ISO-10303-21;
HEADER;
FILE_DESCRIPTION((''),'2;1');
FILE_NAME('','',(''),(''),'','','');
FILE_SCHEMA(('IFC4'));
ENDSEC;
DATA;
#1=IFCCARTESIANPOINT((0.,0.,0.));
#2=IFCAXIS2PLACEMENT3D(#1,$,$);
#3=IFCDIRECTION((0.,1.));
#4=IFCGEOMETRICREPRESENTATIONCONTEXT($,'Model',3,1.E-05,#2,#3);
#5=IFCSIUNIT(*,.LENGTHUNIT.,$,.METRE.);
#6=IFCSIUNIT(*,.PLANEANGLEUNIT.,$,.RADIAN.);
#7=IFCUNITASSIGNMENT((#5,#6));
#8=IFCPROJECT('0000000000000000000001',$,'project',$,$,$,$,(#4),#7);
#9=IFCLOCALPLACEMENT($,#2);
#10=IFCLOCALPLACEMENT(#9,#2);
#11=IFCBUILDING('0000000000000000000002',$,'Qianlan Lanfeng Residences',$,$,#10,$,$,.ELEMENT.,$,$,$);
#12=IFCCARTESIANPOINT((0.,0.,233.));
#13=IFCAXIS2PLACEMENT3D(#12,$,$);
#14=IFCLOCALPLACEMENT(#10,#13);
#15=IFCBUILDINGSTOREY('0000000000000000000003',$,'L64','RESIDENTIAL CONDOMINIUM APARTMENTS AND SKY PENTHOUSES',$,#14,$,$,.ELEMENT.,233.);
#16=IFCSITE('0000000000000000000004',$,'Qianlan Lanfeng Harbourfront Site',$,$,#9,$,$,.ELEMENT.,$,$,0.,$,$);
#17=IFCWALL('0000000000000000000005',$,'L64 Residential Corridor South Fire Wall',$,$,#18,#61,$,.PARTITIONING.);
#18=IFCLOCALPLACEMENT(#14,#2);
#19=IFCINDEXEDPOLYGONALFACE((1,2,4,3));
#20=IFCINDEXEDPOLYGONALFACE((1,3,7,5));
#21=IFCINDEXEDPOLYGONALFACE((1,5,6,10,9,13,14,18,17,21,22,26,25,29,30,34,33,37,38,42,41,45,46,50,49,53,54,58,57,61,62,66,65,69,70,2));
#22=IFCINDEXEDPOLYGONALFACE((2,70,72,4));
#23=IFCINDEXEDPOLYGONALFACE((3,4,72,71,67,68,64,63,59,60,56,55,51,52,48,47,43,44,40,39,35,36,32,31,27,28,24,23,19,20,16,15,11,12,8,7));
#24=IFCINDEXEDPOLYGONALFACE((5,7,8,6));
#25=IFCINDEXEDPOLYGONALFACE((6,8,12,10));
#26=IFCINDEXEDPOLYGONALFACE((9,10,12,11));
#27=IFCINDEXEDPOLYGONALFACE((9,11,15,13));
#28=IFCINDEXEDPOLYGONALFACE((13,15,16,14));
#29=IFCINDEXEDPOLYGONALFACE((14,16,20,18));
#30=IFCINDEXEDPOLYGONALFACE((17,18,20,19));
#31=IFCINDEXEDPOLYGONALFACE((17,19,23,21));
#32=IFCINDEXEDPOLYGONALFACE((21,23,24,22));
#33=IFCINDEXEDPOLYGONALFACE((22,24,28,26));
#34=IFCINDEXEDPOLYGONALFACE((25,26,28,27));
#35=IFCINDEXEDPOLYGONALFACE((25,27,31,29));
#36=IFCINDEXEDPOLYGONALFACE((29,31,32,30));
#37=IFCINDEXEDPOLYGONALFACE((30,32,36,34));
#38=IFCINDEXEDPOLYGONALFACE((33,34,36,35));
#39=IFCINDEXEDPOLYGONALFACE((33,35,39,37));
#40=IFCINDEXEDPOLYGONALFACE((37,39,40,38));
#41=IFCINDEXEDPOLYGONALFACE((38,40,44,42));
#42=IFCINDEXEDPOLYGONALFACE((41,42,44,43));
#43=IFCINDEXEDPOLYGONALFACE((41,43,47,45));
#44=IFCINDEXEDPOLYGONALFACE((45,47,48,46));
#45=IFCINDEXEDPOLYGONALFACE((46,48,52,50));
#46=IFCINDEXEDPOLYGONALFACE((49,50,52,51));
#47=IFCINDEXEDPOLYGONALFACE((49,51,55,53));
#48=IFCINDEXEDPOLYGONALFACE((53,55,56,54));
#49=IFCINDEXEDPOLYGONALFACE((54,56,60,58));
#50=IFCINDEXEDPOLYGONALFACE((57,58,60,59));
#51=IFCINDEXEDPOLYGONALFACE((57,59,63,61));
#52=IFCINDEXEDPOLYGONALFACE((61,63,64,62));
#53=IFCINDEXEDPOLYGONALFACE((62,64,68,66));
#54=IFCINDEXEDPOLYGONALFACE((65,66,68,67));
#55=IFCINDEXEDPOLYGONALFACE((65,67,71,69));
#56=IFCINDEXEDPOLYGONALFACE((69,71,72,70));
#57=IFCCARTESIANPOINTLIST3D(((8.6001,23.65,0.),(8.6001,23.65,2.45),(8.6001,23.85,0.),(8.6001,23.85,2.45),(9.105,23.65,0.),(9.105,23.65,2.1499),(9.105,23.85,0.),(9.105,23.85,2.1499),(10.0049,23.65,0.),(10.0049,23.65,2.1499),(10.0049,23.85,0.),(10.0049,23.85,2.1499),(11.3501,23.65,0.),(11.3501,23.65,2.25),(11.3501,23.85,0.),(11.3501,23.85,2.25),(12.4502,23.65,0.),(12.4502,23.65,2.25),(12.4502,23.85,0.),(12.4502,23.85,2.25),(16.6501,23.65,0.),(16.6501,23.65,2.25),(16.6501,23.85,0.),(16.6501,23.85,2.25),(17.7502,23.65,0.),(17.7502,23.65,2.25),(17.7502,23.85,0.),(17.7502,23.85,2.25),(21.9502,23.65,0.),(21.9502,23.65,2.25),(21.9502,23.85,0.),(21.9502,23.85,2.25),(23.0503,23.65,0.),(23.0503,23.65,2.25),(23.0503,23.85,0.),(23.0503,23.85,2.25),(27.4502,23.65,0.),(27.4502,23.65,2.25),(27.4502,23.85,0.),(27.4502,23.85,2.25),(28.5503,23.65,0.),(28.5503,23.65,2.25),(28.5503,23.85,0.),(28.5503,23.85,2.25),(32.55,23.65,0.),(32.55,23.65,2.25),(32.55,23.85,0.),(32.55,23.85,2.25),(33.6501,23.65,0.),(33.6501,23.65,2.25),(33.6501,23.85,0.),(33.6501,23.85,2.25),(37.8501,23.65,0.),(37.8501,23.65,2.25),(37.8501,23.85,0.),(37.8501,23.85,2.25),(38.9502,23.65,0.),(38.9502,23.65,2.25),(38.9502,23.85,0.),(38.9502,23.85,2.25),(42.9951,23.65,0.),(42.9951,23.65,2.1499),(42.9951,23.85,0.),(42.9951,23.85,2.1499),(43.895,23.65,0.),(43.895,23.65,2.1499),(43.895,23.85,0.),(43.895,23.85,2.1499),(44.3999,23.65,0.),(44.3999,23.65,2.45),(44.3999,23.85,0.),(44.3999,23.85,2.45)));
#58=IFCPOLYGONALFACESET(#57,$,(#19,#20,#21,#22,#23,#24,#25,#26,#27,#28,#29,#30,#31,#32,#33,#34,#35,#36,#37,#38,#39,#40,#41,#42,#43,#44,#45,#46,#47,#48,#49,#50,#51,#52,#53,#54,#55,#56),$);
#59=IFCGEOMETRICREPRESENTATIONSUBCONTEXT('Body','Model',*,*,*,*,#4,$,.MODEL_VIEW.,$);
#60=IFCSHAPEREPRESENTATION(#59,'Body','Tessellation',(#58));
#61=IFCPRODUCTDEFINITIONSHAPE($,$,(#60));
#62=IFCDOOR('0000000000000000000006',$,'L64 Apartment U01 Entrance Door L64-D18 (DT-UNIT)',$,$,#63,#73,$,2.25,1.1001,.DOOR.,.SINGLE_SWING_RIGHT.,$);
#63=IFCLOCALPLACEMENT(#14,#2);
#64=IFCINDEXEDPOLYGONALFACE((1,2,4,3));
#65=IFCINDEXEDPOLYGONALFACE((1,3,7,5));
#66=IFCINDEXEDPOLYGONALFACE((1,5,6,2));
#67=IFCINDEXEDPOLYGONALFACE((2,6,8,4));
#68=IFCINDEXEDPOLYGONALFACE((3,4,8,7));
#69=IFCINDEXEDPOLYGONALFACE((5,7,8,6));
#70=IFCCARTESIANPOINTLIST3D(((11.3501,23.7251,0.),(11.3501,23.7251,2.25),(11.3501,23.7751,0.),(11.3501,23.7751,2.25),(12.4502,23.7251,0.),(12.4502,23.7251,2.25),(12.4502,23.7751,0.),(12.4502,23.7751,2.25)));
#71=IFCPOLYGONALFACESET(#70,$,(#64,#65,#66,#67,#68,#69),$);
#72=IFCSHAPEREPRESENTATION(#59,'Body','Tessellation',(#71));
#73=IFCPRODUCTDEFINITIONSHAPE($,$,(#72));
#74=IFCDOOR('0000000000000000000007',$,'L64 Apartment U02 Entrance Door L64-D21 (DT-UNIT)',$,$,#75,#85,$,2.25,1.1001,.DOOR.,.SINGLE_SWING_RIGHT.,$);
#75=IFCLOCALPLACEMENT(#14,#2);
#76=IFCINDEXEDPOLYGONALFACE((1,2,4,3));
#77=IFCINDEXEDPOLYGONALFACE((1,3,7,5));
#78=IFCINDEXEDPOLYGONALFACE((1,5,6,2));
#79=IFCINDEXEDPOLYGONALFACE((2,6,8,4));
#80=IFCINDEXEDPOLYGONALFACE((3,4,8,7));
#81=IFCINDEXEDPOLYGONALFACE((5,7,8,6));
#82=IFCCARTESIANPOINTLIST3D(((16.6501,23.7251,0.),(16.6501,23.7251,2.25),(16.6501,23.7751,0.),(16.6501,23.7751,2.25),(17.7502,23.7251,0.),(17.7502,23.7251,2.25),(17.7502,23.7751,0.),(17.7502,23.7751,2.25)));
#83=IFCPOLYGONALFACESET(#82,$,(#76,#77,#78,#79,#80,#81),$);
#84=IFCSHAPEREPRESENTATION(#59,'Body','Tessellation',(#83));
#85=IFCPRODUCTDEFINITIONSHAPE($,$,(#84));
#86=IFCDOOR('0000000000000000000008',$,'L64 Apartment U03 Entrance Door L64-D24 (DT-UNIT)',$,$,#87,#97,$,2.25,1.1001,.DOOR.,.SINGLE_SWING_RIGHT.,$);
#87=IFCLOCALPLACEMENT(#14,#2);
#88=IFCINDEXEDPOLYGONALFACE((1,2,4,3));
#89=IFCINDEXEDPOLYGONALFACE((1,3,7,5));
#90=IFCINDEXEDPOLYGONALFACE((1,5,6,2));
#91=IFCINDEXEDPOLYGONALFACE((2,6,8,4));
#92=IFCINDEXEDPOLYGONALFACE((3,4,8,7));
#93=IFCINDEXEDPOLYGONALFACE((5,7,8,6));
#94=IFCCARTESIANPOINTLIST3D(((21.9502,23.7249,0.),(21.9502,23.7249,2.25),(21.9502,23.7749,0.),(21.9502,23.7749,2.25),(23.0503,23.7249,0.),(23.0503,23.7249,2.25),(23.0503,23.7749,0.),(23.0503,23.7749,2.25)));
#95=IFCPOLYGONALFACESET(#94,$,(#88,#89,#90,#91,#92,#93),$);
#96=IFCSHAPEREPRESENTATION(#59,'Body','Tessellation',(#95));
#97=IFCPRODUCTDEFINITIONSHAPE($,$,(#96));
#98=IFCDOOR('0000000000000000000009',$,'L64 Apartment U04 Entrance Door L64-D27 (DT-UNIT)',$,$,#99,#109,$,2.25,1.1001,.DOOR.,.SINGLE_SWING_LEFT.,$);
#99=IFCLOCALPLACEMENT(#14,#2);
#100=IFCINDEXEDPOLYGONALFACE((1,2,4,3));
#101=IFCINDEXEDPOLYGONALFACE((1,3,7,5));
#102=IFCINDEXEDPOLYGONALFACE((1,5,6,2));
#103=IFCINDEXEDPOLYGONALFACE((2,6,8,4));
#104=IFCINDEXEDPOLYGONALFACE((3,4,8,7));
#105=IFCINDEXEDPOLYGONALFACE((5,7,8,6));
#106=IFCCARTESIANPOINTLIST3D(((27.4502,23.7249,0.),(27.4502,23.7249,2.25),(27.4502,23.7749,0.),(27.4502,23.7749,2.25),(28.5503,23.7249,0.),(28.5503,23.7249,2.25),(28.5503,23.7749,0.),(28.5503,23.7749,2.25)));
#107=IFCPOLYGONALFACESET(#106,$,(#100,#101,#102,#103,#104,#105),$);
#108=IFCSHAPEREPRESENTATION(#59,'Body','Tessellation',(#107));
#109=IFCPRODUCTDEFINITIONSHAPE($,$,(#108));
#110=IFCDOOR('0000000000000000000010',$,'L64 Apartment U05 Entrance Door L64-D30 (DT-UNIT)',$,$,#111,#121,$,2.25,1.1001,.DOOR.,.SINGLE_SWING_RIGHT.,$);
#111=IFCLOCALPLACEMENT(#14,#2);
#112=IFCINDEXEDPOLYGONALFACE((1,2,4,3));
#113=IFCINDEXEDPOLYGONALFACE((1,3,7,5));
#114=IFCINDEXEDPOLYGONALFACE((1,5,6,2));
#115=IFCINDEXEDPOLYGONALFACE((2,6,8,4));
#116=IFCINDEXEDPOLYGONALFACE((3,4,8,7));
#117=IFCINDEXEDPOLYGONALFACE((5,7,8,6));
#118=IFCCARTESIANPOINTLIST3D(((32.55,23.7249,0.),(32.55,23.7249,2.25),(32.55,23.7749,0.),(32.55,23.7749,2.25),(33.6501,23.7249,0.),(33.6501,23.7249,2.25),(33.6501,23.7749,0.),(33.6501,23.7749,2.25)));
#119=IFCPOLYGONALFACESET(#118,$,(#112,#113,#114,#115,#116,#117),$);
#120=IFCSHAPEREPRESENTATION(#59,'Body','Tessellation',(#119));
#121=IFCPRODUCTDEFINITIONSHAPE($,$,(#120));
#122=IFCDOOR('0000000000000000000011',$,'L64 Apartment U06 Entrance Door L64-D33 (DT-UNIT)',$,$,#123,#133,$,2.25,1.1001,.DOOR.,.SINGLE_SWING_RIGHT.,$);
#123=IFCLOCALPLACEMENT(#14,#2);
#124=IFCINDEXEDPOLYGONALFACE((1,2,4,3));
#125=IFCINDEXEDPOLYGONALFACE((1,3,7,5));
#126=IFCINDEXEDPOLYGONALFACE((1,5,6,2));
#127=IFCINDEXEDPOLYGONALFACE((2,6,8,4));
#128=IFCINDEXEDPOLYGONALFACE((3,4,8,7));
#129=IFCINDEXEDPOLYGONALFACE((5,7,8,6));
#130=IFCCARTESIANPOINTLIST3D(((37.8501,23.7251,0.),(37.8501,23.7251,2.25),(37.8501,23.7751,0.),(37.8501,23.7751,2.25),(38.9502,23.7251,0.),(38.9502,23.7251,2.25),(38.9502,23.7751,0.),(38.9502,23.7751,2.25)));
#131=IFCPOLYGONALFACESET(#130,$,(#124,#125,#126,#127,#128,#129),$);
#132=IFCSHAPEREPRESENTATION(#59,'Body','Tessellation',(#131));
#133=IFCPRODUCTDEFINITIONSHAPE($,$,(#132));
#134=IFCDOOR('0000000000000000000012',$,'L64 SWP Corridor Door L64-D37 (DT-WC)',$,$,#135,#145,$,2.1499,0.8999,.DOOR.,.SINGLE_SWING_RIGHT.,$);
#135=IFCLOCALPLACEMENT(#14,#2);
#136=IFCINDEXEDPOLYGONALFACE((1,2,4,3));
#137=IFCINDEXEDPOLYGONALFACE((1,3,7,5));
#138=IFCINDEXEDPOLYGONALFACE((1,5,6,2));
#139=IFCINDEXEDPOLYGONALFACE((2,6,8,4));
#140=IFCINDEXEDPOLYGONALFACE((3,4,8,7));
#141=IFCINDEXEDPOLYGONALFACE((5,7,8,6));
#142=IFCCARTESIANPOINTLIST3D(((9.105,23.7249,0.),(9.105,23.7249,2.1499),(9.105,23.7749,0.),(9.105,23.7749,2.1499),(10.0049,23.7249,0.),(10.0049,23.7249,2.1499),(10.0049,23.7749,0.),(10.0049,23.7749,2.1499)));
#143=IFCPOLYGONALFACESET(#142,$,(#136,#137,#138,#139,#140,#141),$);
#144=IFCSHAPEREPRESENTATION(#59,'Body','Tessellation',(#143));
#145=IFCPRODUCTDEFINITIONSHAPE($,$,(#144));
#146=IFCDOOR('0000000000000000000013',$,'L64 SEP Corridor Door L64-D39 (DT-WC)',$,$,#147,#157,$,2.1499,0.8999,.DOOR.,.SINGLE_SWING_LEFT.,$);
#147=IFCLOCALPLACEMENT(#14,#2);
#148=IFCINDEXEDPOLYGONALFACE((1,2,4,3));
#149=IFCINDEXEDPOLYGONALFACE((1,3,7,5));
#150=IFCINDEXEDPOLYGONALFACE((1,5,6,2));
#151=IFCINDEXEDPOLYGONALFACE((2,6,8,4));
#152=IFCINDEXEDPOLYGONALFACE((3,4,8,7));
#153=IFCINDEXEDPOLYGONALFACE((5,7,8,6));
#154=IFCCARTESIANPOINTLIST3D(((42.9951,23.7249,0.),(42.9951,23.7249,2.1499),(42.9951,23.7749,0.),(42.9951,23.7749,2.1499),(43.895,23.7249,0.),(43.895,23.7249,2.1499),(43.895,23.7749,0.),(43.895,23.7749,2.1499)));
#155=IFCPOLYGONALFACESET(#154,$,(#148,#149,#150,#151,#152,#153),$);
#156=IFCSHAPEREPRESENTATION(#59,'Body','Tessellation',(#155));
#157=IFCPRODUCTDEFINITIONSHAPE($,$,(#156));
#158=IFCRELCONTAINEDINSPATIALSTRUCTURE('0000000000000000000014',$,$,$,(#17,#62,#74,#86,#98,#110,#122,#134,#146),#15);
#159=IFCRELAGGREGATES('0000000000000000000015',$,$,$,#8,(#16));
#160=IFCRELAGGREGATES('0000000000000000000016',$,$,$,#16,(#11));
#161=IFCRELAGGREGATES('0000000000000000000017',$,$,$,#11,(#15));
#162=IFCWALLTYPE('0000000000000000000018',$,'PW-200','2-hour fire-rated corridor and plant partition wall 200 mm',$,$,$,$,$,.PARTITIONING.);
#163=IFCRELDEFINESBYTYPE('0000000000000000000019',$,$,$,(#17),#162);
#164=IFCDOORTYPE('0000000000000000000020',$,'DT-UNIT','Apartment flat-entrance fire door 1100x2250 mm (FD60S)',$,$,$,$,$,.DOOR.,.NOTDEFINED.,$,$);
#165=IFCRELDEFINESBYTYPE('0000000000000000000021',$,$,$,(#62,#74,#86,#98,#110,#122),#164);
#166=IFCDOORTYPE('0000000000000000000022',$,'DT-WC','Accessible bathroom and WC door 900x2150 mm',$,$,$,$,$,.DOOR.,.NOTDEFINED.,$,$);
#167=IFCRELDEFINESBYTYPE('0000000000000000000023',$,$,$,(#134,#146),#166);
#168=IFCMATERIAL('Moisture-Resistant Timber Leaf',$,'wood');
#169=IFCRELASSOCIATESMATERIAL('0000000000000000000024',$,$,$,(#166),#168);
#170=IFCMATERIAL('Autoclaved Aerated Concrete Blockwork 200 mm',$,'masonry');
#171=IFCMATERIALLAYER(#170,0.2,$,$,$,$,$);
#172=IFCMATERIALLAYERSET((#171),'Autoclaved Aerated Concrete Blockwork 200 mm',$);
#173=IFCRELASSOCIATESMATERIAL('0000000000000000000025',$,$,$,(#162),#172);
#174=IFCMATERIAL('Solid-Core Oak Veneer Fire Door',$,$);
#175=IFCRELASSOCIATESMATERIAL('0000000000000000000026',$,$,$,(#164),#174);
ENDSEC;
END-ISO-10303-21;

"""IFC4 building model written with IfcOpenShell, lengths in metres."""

from ifc_helpers import new_model, si_unit, direction, frame, frame_2d, origin, place, context, subcontext, project, spatial, rectangle, extrude, material, layer, layer_set, type_object, element, fill, save


model = new_model("IFC4")

# Units and contexts
model_context = context("Model", 3, precision=1e-05, world=origin(), true_north=direction((0.0, 1.0)))
body_context = subcontext(model_context, "Body", "Model", "MODEL_VIEW")
ifc_project = project(units=[si_unit("LENGTHUNIT", "METRE"), si_unit("PLANEANGLEUNIT", "RADIAN")], contexts=[model_context])

# Site, building, storey
site_placement = place(None, origin())
site = spatial("IfcSite", under=ifc_project, at=site_placement, Name="Qianlan Lanfeng Harbourfront Site", CompositionType="ELEMENT", RefElevation=0.0)
building_placement = place(site_placement, origin())
building = spatial("IfcBuilding", under=site, at=building_placement, Name="Qianlan Lanfeng Residences", CompositionType="ELEMENT")
storey_placement = place(building_placement, frame((0.0, 0.0, 233.0)))
storey = spatial("IfcBuildingStorey", under=building, at=storey_placement, Name="L64", Description="RESIDENTIAL CONDOMINIUM APARTMENTS AND SKY PENTHOUSES", CompositionType="ELEMENT", Elevation=233.0)

# Shared definitions
ifc_material_1 = material(Name="Moisture-Resistant Timber Leaf", Category="wood")
door_type_1 = type_object("IfcDoorType", Name="DT-WC", Description="Accessible bathroom and WC door 900x2150 mm", OperationType="NOTDEFINED", PredefinedType="DOOR", material=ifc_material_1)

# Wall, openings, doors
ifc_material_2 = material(Name="Autoclaved Aerated Concrete Blockwork 200 mm", Category="masonry")
ifc_layer_1 = layer(ifc_material_2, 0.2)
ifc_layer_set_1 = layer_set([ifc_layer_1], Name="Autoclaved Aerated Concrete Blockwork 200 mm")
wall_type_1 = type_object("IfcWallType", Name="PW-200", Description="2-hour fire-rated corridor and plant partition wall 200 mm", PredefinedType="PARTITIONING", material=ifc_layer_set_1)
wall_1_placement = place(storey_placement, frame((8.6001, 23.75, 0.0), z_axis=(0.0, 0.0, 1.0), x_axis=(1.0, 0.0, 0.0)))
wall_1 = element("IfcWall", 1, at=wall_1_placement, inside=storey, type_object=wall_type_1, Name="L64 Residential Corridor South Fire Wall", PredefinedType="PARTITIONING", context=body_context, shape_type="SweptSolid", body=[
    extrude(rectangle(XDim=35.7998, YDim=0.2, at=frame_2d((17.8999, 0.0))), origin(), (0.0, 0.0, 1.0), 2.45),
])
opening_1_placement = place(wall_1_placement, frame((2.75, 0.0, 0.0)))
opening_1 = element("IfcOpeningElement", 2, at=opening_1_placement, cuts=wall_1, PredefinedType="OPENING", context=body_context, shape_type="SweptSolid", body=[
    extrude(rectangle(XDim=1.1001, YDim=2.25, at=frame_2d((0.55, 1.125))), frame((0.0, 0.1099, 0.0), z_axis=(0.0, -1.0, 0.0), x_axis=(1.0, 0.0, 0.0)), (0.0, 0.0, 1.0), 0.22),
])
opening_2_placement = place(wall_1_placement, frame((8.05, 0.0, 0.0)))
opening_2 = element("IfcOpeningElement", 3, at=opening_2_placement, cuts=wall_1, PredefinedType="OPENING", context=body_context, shape_type="SweptSolid", body=[
    extrude(rectangle(XDim=1.1001, YDim=2.25, at=frame_2d((0.55, 1.125))), frame((0.0, 0.1099, 0.0), z_axis=(0.0, -1.0, 0.0), x_axis=(1.0, 0.0, 0.0)), (0.0, 0.0, 1.0), 0.22),
])
opening_3_placement = place(wall_1_placement, frame((13.3501, 0.0, 0.0)))
opening_3 = element("IfcOpeningElement", 4, at=opening_3_placement, cuts=wall_1, PredefinedType="OPENING", context=body_context, shape_type="SweptSolid", body=[
    extrude(rectangle(XDim=1.1001, YDim=2.25, at=frame_2d((0.55, 1.125))), frame((0.0, 0.1099, 0.0), z_axis=(0.0, -1.0, 0.0), x_axis=(1.0, 0.0, 0.0)), (0.0, 0.0, 1.0), 0.22),
])
opening_4_placement = place(wall_1_placement, frame((18.8501, 0.0, 0.0)))
opening_4 = element("IfcOpeningElement", 5, at=opening_4_placement, cuts=wall_1, PredefinedType="OPENING", context=body_context, shape_type="SweptSolid", body=[
    extrude(rectangle(XDim=1.1001, YDim=2.25, at=frame_2d((0.55, 1.125))), frame((0.0, 0.1099, 0.0), z_axis=(0.0, -1.0, 0.0), x_axis=(1.0, 0.0, 0.0)), (0.0, 0.0, 1.0), 0.22),
])
opening_5_placement = place(wall_1_placement, frame((23.95, 0.0, 0.0)))
opening_5 = element("IfcOpeningElement", 6, at=opening_5_placement, cuts=wall_1, PredefinedType="OPENING", context=body_context, shape_type="SweptSolid", body=[
    extrude(rectangle(XDim=1.1001, YDim=2.25, at=frame_2d((0.55, 1.125))), frame((0.0, 0.1099, 0.0), z_axis=(0.0, -1.0, 0.0), x_axis=(1.0, 0.0, 0.0)), (0.0, 0.0, 1.0), 0.22),
])
opening_6_placement = place(wall_1_placement, frame((29.25, 0.0, 0.0)))
opening_6 = element("IfcOpeningElement", 7, at=opening_6_placement, cuts=wall_1, PredefinedType="OPENING", context=body_context, shape_type="SweptSolid", body=[
    extrude(rectangle(XDim=1.1001, YDim=2.25, at=frame_2d((0.55, 1.125))), frame((0.0, 0.1099, 0.0), z_axis=(0.0, -1.0, 0.0), x_axis=(1.0, 0.0, 0.0)), (0.0, 0.0, 1.0), 0.22),
])
opening_7_placement = place(wall_1_placement, frame((0.5049, 0.0, 0.0)))
opening_7 = element("IfcOpeningElement", 8, at=opening_7_placement, cuts=wall_1, PredefinedType="OPENING", context=body_context, shape_type="SweptSolid", body=[
    extrude(rectangle(XDim=0.8999, YDim=2.1499, at=frame_2d((0.45, 1.075))), frame((0.0, 0.1099, 0.0), z_axis=(0.0, -1.0, 0.0), x_axis=(1.0, 0.0, 0.0)), (0.0, 0.0, 1.0), 0.22),
])
opening_8_placement = place(wall_1_placement, frame((34.395, 0.0, 0.0)))
opening_8 = element("IfcOpeningElement", 9, at=opening_8_placement, cuts=wall_1, PredefinedType="OPENING", context=body_context, shape_type="SweptSolid", body=[
    extrude(rectangle(XDim=0.8999, YDim=2.1499, at=frame_2d((0.45, 1.075))), frame((0.0, 0.1099, 0.0), z_axis=(0.0, -1.0, 0.0), x_axis=(1.0, 0.0, 0.0)), (0.0, 0.0, 1.0), 0.22),
])
ifc_material_3 = material(Name="Solid-Core Oak Veneer Fire Door")
door_type_2 = type_object("IfcDoorType", Name="DT-UNIT", Description="Apartment flat-entrance fire door 1100x2250 mm (FD60S)", OperationType="NOTDEFINED", PredefinedType="DOOR", material=ifc_material_3)
door_1_placement = place(opening_1_placement, frame((1.1001, 0.0, 0.0), z_axis=(0.0, 0.0, 1.0), x_axis=(-1.0, 0.0, 0.0)))
door_1 = element("IfcDoor", 10, at=door_1_placement, inside=storey, type_object=door_type_2, Name="L64 Apartment U01 Entrance Door L64-D18 (DT-UNIT)", OperationType="SINGLE_SWING_RIGHT", OverallHeight=2.25, OverallWidth=1.1001, PredefinedType="DOOR", context=body_context, shape_type="SweptSolid", body=[
    extrude(rectangle(XDim=1.1001, YDim=2.25, at=frame_2d((0.55, 1.125))), frame((0.0, 0.0249, 0.0), z_axis=(0.0, -1.0, 0.0), x_axis=(1.0, 0.0, 0.0)), (0.0, 0.0, 1.0), 0.05),
])
fill(opening_1, door_1)
door_2_placement = place(opening_2_placement, frame((1.1001, 0.0, 0.0), z_axis=(0.0, 0.0, 1.0), x_axis=(-1.0, 0.0, 0.0)))
door_2 = element("IfcDoor", 11, at=door_2_placement, inside=storey, type_object=door_type_2, Name="L64 Apartment U02 Entrance Door L64-D21 (DT-UNIT)", OperationType="SINGLE_SWING_RIGHT", OverallHeight=2.25, OverallWidth=1.1001, PredefinedType="DOOR", context=body_context, shape_type="SweptSolid", body=[
    extrude(rectangle(XDim=1.1001, YDim=2.25, at=frame_2d((0.55, 1.125))), frame((0.0, 0.0249, 0.0), z_axis=(0.0, -1.0, 0.0), x_axis=(1.0, 0.0, 0.0)), (0.0, 0.0, 1.0), 0.05),
])
fill(opening_2, door_2)
door_3_placement = place(opening_3_placement, origin())
door_3 = element("IfcDoor", 12, at=door_3_placement, inside=storey, type_object=door_type_2, Name="L64 Apartment U03 Entrance Door L64-D24 (DT-UNIT)", OperationType="SINGLE_SWING_RIGHT", OverallHeight=2.25, OverallWidth=1.1001, PredefinedType="DOOR", context=body_context, shape_type="SweptSolid", body=[
    extrude(rectangle(XDim=1.1001, YDim=2.25, at=frame_2d((0.55, 1.125))), frame((0.0, 0.0249, 0.0), z_axis=(0.0, -1.0, 0.0), x_axis=(1.0, 0.0, 0.0)), (0.0, 0.0, 1.0), 0.05),
])
fill(opening_3, door_3)
door_4_placement = place(opening_4_placement, origin())
door_4 = element("IfcDoor", 13, at=door_4_placement, inside=storey, type_object=door_type_2, Name="L64 Apartment U04 Entrance Door L64-D27 (DT-UNIT)", OperationType="SINGLE_SWING_LEFT", OverallHeight=2.25, OverallWidth=1.1001, PredefinedType="DOOR", context=body_context, shape_type="SweptSolid", body=[
    extrude(rectangle(XDim=1.1001, YDim=2.25, at=frame_2d((0.55, 1.125))), frame((0.0, 0.0249, 0.0), z_axis=(0.0, -1.0, 0.0), x_axis=(1.0, 0.0, 0.0)), (0.0, 0.0, 1.0), 0.05),
])
fill(opening_4, door_4)
door_5_placement = place(opening_5_placement, origin())
door_5 = element("IfcDoor", 14, at=door_5_placement, inside=storey, type_object=door_type_2, Name="L64 Apartment U05 Entrance Door L64-D30 (DT-UNIT)", OperationType="SINGLE_SWING_RIGHT", OverallHeight=2.25, OverallWidth=1.1001, PredefinedType="DOOR", context=body_context, shape_type="SweptSolid", body=[
    extrude(rectangle(XDim=1.1001, YDim=2.25, at=frame_2d((0.55, 1.125))), frame((0.0, 0.0249, 0.0), z_axis=(0.0, -1.0, 0.0), x_axis=(1.0, 0.0, 0.0)), (0.0, 0.0, 1.0), 0.05),
])
fill(opening_5, door_5)
door_6_placement = place(opening_6_placement, frame((1.1001, 0.0, 0.0), z_axis=(0.0, 0.0, 1.0), x_axis=(-1.0, 0.0, 0.0)))
door_6 = element("IfcDoor", 15, at=door_6_placement, inside=storey, type_object=door_type_2, Name="L64 Apartment U06 Entrance Door L64-D33 (DT-UNIT)", OperationType="SINGLE_SWING_RIGHT", OverallHeight=2.25, OverallWidth=1.1001, PredefinedType="DOOR", context=body_context, shape_type="SweptSolid", body=[
    extrude(rectangle(XDim=1.1001, YDim=2.25, at=frame_2d((0.55, 1.125))), frame((0.0, 0.0249, 0.0), z_axis=(0.0, -1.0, 0.0), x_axis=(1.0, 0.0, 0.0)), (0.0, 0.0, 1.0), 0.05),
])
fill(opening_6, door_6)
door_7_placement = place(opening_7_placement, origin())
door_7 = element("IfcDoor", 16, at=door_7_placement, inside=storey, type_object=door_type_1, Name="L64 SWP Corridor Door L64-D37 (DT-WC)", OperationType="SINGLE_SWING_RIGHT", OverallHeight=2.1499, OverallWidth=0.8999, PredefinedType="DOOR", context=body_context, shape_type="SweptSolid", body=[
    extrude(rectangle(XDim=0.8999, YDim=2.1499, at=frame_2d((0.45, 1.075))), frame((0.0, 0.0249, 0.0), z_axis=(0.0, -1.0, 0.0), x_axis=(1.0, 0.0, 0.0)), (0.0, 0.0, 1.0), 0.05),
])
fill(opening_7, door_7)
door_8_placement = place(opening_8_placement, origin())
door_8 = element("IfcDoor", 17, at=door_8_placement, inside=storey, type_object=door_type_1, Name="L64 SEP Corridor Door L64-D39 (DT-WC)", OperationType="SINGLE_SWING_LEFT", OverallHeight=2.1499, OverallWidth=0.8999, PredefinedType="DOOR", context=body_context, shape_type="SweptSolid", body=[
    extrude(rectangle(XDim=0.8999, YDim=2.1499, at=frame_2d((0.45, 1.075))), frame((0.0, 0.0249, 0.0), z_axis=(0.0, -1.0, 0.0), x_axis=(1.0, 0.0, 0.0)), (0.0, 0.0, 1.0), 0.05),
])
fill(opening_8, door_8)

save(model, "model.ifc")
